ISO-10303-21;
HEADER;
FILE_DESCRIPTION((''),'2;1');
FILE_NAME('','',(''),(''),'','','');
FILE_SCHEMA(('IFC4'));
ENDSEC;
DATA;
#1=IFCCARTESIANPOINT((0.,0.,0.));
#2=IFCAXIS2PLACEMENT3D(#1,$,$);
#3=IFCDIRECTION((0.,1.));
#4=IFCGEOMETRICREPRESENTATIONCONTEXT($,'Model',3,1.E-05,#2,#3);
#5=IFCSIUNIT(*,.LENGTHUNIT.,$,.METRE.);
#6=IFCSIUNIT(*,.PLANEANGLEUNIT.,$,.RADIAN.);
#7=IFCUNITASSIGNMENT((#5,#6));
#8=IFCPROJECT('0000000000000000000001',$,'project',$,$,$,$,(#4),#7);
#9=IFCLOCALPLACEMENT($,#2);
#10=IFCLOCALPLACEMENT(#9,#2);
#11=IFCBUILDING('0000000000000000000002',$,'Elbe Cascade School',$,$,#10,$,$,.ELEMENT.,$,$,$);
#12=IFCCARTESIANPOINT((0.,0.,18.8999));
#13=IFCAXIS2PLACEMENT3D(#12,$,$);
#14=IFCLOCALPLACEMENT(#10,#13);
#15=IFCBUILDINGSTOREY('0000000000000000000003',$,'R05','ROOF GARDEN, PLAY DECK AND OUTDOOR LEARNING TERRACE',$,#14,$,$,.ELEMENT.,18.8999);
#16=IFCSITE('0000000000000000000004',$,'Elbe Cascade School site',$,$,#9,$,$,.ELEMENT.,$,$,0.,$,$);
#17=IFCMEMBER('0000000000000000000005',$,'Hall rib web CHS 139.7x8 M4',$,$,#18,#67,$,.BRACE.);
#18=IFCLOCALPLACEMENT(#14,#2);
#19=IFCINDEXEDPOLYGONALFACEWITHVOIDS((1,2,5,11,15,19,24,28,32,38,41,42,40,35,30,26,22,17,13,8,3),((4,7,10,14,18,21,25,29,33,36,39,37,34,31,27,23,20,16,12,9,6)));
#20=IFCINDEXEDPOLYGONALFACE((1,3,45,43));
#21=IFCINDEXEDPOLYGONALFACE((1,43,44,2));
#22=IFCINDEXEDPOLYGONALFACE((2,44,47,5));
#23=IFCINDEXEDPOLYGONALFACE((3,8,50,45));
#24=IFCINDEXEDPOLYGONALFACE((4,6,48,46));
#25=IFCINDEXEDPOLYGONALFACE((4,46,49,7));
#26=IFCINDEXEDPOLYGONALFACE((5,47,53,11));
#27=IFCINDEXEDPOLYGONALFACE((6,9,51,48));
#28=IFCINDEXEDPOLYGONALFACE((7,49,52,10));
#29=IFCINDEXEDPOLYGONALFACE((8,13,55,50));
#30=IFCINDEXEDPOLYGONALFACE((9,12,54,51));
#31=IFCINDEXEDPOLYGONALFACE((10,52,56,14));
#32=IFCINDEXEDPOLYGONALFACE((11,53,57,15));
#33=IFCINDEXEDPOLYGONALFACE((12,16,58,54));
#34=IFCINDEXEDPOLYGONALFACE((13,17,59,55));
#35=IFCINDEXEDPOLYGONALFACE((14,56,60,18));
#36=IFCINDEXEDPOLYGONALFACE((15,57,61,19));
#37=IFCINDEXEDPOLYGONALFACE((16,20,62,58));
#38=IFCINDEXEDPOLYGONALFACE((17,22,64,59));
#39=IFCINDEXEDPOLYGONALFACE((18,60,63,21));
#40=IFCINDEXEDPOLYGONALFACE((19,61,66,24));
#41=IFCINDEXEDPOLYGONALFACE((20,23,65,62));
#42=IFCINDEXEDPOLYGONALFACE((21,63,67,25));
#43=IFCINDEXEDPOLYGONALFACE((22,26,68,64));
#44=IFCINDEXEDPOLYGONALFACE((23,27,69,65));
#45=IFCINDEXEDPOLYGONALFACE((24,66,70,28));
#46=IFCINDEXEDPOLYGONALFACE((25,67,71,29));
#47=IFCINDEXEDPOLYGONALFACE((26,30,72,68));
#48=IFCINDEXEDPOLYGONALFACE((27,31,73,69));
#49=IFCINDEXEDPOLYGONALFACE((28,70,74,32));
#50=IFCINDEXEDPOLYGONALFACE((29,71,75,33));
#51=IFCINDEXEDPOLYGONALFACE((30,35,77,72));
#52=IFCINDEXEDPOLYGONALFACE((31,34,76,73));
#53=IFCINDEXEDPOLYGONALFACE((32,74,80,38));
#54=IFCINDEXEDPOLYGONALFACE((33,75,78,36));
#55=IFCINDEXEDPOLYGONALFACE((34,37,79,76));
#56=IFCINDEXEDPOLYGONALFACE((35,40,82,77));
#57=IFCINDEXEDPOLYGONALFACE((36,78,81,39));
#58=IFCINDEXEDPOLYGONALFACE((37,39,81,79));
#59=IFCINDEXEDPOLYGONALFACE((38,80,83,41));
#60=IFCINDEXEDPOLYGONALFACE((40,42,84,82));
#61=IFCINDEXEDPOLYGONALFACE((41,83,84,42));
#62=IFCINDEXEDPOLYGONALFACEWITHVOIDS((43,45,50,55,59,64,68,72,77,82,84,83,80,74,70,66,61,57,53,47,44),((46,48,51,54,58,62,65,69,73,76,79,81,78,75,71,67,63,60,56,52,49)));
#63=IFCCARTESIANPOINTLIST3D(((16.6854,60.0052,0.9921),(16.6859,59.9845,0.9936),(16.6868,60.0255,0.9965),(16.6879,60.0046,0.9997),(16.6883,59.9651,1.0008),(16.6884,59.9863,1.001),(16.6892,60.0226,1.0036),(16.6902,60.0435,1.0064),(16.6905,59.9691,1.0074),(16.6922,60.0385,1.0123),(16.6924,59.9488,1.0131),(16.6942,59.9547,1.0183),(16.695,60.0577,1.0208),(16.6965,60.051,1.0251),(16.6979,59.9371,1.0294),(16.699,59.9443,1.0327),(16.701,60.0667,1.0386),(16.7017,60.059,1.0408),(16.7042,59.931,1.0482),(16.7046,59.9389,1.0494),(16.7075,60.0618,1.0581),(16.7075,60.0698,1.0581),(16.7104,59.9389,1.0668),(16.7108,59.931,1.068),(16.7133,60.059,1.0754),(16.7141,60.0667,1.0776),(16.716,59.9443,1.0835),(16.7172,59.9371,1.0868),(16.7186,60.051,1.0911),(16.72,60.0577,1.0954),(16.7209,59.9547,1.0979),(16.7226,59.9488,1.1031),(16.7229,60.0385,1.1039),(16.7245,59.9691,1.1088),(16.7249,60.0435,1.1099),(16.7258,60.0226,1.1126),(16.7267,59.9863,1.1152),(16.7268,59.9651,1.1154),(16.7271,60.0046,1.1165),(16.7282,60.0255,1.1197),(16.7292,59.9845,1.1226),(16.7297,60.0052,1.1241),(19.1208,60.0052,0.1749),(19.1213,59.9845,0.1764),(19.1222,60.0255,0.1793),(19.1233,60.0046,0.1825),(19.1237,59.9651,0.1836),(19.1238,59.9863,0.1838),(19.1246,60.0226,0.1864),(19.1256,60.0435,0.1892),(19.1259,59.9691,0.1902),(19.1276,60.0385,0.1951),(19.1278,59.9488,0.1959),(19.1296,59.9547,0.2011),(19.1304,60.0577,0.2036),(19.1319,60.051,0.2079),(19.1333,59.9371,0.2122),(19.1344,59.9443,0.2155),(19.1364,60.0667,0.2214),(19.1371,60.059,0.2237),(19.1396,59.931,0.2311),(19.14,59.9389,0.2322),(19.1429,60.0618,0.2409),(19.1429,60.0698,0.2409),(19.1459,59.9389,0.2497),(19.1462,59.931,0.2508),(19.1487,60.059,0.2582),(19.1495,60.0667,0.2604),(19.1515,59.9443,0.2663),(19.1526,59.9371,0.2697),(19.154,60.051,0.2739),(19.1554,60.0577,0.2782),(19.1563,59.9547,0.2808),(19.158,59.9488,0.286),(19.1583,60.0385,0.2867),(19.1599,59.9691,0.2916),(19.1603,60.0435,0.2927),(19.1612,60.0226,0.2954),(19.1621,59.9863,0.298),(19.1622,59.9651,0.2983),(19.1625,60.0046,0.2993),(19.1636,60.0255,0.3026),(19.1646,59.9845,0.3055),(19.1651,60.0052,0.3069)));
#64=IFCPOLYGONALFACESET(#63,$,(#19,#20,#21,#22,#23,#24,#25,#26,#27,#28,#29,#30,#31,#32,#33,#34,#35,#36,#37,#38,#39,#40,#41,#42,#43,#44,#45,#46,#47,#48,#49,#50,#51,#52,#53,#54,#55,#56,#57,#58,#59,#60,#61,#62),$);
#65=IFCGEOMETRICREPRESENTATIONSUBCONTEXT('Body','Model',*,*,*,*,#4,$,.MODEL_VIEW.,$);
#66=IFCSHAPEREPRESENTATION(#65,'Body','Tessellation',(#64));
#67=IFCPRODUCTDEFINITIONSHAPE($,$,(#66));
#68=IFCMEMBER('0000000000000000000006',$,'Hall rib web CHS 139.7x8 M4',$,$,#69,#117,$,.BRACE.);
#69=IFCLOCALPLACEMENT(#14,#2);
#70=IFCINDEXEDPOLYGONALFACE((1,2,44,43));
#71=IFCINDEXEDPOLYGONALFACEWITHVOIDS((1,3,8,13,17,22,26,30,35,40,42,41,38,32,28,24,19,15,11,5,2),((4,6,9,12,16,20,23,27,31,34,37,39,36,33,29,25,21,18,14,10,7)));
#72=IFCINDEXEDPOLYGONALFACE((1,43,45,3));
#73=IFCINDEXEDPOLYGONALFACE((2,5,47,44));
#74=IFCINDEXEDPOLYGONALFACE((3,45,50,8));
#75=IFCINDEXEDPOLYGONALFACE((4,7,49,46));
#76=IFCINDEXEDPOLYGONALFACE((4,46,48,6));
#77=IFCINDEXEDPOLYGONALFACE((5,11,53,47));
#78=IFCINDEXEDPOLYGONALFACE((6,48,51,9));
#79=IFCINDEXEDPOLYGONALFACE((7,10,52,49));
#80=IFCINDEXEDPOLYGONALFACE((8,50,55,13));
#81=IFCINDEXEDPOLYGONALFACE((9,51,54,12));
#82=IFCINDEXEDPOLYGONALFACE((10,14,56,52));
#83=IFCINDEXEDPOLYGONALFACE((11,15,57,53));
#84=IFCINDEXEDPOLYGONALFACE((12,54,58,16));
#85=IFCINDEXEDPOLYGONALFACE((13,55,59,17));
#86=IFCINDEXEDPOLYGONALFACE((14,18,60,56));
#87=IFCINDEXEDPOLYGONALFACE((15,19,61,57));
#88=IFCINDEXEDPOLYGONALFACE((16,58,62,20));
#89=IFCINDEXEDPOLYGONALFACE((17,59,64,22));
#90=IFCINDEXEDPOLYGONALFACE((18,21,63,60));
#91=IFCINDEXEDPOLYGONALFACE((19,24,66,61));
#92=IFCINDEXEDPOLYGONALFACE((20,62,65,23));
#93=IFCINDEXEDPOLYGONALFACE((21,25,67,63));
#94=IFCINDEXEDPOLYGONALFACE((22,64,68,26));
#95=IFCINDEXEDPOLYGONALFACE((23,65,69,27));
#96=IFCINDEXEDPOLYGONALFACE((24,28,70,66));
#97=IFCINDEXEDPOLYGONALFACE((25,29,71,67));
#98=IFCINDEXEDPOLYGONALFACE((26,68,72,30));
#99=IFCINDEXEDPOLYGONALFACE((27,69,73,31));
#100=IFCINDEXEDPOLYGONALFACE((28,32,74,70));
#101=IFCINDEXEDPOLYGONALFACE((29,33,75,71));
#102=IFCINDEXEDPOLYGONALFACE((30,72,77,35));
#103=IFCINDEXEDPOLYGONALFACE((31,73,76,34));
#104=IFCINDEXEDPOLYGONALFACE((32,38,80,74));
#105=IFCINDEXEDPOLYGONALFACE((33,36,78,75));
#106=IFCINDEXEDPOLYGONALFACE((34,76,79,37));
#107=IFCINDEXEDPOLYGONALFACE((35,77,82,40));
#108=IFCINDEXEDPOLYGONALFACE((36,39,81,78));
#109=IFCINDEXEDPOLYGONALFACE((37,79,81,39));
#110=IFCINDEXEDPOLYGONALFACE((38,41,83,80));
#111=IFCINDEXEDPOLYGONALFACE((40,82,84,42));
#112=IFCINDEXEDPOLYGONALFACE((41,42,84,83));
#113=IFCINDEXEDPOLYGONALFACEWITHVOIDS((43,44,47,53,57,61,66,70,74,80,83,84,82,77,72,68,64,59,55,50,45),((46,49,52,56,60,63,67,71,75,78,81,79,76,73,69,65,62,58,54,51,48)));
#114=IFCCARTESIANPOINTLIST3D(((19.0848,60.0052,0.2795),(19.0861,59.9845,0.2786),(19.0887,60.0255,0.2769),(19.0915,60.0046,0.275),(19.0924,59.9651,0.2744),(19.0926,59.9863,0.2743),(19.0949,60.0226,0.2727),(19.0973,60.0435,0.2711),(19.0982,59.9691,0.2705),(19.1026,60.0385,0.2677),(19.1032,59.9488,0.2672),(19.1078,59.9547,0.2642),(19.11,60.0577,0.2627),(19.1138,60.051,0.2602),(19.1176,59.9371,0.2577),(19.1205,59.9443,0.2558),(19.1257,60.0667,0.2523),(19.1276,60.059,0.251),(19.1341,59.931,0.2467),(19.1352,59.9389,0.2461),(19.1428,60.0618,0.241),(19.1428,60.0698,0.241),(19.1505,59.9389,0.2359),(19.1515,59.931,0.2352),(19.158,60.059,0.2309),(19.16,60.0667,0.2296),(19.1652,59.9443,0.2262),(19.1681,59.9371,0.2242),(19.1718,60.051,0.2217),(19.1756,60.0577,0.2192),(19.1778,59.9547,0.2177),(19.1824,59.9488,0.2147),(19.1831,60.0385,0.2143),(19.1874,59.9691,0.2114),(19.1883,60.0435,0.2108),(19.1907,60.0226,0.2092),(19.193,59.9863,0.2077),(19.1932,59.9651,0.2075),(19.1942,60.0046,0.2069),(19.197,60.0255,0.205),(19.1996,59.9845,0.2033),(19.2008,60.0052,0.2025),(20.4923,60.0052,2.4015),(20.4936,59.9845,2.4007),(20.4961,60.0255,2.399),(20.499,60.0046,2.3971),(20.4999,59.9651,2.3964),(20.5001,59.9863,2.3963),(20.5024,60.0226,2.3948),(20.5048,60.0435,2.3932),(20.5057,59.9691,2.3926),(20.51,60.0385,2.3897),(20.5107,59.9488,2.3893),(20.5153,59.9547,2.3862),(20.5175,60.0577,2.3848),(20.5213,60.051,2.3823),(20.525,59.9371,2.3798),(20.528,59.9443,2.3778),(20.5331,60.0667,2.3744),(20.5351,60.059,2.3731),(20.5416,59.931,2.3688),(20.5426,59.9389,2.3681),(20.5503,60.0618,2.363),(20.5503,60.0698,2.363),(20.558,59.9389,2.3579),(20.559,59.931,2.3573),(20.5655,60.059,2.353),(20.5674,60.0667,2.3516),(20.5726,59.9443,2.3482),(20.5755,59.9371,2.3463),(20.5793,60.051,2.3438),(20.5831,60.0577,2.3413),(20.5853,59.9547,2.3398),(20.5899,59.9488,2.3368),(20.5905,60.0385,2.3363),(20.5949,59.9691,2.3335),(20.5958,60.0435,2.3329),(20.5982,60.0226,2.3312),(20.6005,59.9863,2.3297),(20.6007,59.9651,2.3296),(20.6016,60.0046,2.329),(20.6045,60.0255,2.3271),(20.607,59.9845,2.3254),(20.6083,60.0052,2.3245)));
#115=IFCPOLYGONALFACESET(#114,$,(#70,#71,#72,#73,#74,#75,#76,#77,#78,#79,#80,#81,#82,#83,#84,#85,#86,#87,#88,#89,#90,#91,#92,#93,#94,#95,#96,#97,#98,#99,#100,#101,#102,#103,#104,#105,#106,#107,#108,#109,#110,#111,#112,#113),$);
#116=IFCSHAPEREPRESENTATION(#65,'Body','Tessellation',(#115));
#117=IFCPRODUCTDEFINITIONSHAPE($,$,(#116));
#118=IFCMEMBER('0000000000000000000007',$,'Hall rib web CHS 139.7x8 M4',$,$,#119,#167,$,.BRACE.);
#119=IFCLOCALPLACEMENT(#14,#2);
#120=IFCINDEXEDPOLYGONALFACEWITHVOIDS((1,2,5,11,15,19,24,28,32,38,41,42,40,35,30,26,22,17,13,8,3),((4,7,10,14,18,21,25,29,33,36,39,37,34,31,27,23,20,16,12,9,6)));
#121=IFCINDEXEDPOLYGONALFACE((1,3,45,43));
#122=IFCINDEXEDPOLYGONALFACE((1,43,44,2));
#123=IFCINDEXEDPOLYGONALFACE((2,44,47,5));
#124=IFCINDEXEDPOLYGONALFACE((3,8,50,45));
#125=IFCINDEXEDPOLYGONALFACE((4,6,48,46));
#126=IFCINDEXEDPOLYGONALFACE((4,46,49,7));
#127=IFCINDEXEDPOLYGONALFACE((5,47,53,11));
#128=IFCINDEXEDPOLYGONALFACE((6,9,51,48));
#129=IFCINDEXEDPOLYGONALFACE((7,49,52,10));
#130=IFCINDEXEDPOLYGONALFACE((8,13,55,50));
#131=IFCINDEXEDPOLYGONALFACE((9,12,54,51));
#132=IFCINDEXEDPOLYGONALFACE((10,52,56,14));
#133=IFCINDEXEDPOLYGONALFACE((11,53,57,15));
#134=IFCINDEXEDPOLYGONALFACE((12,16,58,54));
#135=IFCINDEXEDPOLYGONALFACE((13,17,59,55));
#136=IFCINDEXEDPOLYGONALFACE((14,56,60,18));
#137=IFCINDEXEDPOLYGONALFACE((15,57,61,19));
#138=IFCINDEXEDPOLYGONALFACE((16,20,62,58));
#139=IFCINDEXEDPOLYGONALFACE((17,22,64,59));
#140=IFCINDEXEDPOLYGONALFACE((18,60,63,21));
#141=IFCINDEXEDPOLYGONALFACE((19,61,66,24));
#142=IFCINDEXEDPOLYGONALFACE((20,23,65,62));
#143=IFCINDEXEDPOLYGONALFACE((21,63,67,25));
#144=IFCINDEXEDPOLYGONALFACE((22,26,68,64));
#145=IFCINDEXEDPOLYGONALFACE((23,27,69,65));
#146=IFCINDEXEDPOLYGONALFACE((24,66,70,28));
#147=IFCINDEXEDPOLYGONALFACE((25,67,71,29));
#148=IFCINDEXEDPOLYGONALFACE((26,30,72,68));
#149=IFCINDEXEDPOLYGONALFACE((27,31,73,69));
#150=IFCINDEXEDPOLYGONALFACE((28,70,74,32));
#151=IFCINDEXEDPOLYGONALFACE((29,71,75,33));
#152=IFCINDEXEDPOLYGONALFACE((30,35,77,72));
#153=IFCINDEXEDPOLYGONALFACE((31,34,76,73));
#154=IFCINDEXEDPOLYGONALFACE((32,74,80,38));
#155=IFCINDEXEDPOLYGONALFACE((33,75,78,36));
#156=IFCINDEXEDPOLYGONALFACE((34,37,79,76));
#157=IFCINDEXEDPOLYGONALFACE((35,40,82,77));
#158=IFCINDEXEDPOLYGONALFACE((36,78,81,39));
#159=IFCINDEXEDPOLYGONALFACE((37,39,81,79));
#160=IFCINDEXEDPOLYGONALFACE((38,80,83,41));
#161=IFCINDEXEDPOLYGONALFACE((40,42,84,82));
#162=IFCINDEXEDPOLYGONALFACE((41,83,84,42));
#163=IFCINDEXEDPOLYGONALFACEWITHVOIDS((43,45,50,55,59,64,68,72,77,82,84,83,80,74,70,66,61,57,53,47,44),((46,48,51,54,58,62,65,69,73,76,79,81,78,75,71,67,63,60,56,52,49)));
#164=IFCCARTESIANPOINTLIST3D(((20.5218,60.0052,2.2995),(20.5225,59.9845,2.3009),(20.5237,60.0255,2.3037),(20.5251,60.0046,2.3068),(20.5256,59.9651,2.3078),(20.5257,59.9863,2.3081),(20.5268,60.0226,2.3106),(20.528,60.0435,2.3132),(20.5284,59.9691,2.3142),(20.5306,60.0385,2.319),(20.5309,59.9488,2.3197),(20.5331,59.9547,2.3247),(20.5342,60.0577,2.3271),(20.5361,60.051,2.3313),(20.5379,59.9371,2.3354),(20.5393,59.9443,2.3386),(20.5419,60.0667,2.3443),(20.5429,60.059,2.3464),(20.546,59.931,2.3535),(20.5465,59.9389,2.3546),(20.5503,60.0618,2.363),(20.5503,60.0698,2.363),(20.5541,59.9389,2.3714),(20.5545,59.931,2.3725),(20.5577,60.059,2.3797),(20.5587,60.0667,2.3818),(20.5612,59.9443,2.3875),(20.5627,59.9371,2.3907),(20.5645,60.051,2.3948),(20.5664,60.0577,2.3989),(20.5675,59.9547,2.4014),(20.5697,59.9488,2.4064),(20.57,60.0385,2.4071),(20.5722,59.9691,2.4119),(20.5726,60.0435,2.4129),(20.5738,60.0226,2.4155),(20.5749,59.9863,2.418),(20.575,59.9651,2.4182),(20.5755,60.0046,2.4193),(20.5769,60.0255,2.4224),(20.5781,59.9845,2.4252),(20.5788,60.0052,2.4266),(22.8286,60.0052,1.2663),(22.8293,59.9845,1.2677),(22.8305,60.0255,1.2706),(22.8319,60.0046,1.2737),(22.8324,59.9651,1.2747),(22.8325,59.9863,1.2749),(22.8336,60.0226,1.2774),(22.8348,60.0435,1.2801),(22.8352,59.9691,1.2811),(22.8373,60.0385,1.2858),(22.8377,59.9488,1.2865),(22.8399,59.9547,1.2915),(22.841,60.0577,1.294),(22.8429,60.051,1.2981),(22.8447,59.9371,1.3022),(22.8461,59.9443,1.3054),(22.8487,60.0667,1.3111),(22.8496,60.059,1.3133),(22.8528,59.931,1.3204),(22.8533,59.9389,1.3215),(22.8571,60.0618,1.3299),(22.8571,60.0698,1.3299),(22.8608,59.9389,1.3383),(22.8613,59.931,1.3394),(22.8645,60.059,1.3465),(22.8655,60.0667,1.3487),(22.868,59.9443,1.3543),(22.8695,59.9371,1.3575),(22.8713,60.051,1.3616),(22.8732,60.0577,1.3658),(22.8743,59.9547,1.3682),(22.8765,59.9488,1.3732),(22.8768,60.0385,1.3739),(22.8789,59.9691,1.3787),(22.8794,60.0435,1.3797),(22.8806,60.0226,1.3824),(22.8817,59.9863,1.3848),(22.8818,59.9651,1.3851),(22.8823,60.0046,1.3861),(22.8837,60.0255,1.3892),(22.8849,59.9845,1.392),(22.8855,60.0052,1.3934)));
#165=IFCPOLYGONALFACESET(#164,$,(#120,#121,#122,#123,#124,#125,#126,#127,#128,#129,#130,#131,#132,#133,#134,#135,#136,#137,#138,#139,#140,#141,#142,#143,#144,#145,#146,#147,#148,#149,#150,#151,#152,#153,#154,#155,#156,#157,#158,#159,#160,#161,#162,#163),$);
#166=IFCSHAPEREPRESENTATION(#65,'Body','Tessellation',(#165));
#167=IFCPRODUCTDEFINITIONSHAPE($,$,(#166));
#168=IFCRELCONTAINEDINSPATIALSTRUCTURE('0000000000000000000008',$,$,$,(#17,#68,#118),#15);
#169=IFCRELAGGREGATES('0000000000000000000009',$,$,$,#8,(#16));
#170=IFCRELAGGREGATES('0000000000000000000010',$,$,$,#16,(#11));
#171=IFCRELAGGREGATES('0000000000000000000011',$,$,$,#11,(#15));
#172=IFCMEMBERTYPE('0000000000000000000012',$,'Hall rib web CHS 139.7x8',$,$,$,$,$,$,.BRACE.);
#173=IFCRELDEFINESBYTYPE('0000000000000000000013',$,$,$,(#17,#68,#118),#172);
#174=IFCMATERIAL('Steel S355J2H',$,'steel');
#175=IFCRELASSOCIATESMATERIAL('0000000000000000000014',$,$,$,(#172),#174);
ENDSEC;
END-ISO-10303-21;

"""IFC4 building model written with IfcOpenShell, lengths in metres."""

from ifc_helpers import new_model, si_unit, direction, frame, origin, origin_2d, place, context, subcontext, project, spatial, hollow_circle, extrude, material, material_profile, profile_set, type_object, element, save


model = new_model("IFC4")

# Units and contexts
model_context = context("Model", 3, precision=1e-05, world=origin(), true_north=direction((0.0, 1.0)))
body_context = subcontext(model_context, "Body", "Model", "MODEL_VIEW")
ifc_project = project(units=[si_unit("LENGTHUNIT", "METRE"), si_unit("PLANEANGLEUNIT", "RADIAN")], contexts=[model_context])

# Site, building, storey
site_placement = place(None, origin())
site = spatial("IfcSite", under=ifc_project, at=site_placement, Name="Elbe Cascade School site", CompositionType="ELEMENT", RefElevation=0.0)
building_placement = place(site_placement, origin())
building = spatial("IfcBuilding", under=site, at=building_placement, Name="Elbe Cascade School", CompositionType="ELEMENT")
storey_placement = place(building_placement, frame((0.0, 0.0, 18.8999)))
storey = spatial("IfcBuildingStorey", under=building, at=storey_placement, Name="R05", Description="ROOF GARDEN, PLAY DECK AND OUTDOOR LEARNING TERRACE", CompositionType="ELEMENT", Elevation=18.8999)

# Members
ifc_material_1 = material(Name="Steel S355J2H", Category="steel")
ifc_material_profile_1 = material_profile(ifc_material_1, hollow_circle(Radius=0.0698, WallThickness=0.0081, at=origin_2d()), Name="CHS 139.7x8")
ifc_profile_set_1 = profile_set([ifc_material_profile_1], Name="Steel S355J2H")
member_type_1 = type_object("IfcMemberType", Name="Hall rib web CHS 139.7x8", PredefinedType="BRACE", material=ifc_profile_set_1)
member_1_placement = place(storey_placement, frame((16.7075, 60.0, 1.0581), z_axis=(0.948054, 0.0, -0.318109), x_axis=(0.0, 1.0, 0.0)))
element("IfcMember", 1, at=member_1_placement, inside=storey, type_object=member_type_1, Name="Hall rib web CHS 139.7x8 M4", PredefinedType="BRACE", context=body_context, shape_type="SweptSolid", body=[
    extrude(hollow_circle(Radius=0.0698, WallThickness=0.0081, at=origin_2d()), origin(), (0.0, 0.0, 1.0), 2.5688),
])
member_2_placement = place(storey_placement, frame((19.1428, 60.0, 0.241), z_axis=(0.552729, 0.0, 0.833361), x_axis=(0.0, 1.0, 0.0)))
element("IfcMember", 2, at=member_2_placement, inside=storey, type_object=member_type_1, Name="Hall rib web CHS 139.7x8 M4", PredefinedType="BRACE", context=body_context, shape_type="SweptSolid", body=[
    extrude(hollow_circle(Radius=0.0698, WallThickness=0.0081, at=origin_2d()), origin(), (0.0, 0.0, 1.0), 2.5464),
])
member_3_placement = place(storey_placement, frame((20.5503, 60.0, 2.363), z_axis=(0.912645, 0.0, -0.408754), x_axis=(0.0, 1.0, 0.0)))
element("IfcMember", 3, at=member_3_placement, inside=storey, type_object=member_type_1, Name="Hall rib web CHS 139.7x8 M4", PredefinedType="BRACE", context=body_context, shape_type="SweptSolid", body=[
    extrude(hollow_circle(Radius=0.0698, WallThickness=0.0081, at=origin_2d()), origin(), (0.0, 0.0, 1.0), 2.5276),
])

save(model, "model.ifc")
